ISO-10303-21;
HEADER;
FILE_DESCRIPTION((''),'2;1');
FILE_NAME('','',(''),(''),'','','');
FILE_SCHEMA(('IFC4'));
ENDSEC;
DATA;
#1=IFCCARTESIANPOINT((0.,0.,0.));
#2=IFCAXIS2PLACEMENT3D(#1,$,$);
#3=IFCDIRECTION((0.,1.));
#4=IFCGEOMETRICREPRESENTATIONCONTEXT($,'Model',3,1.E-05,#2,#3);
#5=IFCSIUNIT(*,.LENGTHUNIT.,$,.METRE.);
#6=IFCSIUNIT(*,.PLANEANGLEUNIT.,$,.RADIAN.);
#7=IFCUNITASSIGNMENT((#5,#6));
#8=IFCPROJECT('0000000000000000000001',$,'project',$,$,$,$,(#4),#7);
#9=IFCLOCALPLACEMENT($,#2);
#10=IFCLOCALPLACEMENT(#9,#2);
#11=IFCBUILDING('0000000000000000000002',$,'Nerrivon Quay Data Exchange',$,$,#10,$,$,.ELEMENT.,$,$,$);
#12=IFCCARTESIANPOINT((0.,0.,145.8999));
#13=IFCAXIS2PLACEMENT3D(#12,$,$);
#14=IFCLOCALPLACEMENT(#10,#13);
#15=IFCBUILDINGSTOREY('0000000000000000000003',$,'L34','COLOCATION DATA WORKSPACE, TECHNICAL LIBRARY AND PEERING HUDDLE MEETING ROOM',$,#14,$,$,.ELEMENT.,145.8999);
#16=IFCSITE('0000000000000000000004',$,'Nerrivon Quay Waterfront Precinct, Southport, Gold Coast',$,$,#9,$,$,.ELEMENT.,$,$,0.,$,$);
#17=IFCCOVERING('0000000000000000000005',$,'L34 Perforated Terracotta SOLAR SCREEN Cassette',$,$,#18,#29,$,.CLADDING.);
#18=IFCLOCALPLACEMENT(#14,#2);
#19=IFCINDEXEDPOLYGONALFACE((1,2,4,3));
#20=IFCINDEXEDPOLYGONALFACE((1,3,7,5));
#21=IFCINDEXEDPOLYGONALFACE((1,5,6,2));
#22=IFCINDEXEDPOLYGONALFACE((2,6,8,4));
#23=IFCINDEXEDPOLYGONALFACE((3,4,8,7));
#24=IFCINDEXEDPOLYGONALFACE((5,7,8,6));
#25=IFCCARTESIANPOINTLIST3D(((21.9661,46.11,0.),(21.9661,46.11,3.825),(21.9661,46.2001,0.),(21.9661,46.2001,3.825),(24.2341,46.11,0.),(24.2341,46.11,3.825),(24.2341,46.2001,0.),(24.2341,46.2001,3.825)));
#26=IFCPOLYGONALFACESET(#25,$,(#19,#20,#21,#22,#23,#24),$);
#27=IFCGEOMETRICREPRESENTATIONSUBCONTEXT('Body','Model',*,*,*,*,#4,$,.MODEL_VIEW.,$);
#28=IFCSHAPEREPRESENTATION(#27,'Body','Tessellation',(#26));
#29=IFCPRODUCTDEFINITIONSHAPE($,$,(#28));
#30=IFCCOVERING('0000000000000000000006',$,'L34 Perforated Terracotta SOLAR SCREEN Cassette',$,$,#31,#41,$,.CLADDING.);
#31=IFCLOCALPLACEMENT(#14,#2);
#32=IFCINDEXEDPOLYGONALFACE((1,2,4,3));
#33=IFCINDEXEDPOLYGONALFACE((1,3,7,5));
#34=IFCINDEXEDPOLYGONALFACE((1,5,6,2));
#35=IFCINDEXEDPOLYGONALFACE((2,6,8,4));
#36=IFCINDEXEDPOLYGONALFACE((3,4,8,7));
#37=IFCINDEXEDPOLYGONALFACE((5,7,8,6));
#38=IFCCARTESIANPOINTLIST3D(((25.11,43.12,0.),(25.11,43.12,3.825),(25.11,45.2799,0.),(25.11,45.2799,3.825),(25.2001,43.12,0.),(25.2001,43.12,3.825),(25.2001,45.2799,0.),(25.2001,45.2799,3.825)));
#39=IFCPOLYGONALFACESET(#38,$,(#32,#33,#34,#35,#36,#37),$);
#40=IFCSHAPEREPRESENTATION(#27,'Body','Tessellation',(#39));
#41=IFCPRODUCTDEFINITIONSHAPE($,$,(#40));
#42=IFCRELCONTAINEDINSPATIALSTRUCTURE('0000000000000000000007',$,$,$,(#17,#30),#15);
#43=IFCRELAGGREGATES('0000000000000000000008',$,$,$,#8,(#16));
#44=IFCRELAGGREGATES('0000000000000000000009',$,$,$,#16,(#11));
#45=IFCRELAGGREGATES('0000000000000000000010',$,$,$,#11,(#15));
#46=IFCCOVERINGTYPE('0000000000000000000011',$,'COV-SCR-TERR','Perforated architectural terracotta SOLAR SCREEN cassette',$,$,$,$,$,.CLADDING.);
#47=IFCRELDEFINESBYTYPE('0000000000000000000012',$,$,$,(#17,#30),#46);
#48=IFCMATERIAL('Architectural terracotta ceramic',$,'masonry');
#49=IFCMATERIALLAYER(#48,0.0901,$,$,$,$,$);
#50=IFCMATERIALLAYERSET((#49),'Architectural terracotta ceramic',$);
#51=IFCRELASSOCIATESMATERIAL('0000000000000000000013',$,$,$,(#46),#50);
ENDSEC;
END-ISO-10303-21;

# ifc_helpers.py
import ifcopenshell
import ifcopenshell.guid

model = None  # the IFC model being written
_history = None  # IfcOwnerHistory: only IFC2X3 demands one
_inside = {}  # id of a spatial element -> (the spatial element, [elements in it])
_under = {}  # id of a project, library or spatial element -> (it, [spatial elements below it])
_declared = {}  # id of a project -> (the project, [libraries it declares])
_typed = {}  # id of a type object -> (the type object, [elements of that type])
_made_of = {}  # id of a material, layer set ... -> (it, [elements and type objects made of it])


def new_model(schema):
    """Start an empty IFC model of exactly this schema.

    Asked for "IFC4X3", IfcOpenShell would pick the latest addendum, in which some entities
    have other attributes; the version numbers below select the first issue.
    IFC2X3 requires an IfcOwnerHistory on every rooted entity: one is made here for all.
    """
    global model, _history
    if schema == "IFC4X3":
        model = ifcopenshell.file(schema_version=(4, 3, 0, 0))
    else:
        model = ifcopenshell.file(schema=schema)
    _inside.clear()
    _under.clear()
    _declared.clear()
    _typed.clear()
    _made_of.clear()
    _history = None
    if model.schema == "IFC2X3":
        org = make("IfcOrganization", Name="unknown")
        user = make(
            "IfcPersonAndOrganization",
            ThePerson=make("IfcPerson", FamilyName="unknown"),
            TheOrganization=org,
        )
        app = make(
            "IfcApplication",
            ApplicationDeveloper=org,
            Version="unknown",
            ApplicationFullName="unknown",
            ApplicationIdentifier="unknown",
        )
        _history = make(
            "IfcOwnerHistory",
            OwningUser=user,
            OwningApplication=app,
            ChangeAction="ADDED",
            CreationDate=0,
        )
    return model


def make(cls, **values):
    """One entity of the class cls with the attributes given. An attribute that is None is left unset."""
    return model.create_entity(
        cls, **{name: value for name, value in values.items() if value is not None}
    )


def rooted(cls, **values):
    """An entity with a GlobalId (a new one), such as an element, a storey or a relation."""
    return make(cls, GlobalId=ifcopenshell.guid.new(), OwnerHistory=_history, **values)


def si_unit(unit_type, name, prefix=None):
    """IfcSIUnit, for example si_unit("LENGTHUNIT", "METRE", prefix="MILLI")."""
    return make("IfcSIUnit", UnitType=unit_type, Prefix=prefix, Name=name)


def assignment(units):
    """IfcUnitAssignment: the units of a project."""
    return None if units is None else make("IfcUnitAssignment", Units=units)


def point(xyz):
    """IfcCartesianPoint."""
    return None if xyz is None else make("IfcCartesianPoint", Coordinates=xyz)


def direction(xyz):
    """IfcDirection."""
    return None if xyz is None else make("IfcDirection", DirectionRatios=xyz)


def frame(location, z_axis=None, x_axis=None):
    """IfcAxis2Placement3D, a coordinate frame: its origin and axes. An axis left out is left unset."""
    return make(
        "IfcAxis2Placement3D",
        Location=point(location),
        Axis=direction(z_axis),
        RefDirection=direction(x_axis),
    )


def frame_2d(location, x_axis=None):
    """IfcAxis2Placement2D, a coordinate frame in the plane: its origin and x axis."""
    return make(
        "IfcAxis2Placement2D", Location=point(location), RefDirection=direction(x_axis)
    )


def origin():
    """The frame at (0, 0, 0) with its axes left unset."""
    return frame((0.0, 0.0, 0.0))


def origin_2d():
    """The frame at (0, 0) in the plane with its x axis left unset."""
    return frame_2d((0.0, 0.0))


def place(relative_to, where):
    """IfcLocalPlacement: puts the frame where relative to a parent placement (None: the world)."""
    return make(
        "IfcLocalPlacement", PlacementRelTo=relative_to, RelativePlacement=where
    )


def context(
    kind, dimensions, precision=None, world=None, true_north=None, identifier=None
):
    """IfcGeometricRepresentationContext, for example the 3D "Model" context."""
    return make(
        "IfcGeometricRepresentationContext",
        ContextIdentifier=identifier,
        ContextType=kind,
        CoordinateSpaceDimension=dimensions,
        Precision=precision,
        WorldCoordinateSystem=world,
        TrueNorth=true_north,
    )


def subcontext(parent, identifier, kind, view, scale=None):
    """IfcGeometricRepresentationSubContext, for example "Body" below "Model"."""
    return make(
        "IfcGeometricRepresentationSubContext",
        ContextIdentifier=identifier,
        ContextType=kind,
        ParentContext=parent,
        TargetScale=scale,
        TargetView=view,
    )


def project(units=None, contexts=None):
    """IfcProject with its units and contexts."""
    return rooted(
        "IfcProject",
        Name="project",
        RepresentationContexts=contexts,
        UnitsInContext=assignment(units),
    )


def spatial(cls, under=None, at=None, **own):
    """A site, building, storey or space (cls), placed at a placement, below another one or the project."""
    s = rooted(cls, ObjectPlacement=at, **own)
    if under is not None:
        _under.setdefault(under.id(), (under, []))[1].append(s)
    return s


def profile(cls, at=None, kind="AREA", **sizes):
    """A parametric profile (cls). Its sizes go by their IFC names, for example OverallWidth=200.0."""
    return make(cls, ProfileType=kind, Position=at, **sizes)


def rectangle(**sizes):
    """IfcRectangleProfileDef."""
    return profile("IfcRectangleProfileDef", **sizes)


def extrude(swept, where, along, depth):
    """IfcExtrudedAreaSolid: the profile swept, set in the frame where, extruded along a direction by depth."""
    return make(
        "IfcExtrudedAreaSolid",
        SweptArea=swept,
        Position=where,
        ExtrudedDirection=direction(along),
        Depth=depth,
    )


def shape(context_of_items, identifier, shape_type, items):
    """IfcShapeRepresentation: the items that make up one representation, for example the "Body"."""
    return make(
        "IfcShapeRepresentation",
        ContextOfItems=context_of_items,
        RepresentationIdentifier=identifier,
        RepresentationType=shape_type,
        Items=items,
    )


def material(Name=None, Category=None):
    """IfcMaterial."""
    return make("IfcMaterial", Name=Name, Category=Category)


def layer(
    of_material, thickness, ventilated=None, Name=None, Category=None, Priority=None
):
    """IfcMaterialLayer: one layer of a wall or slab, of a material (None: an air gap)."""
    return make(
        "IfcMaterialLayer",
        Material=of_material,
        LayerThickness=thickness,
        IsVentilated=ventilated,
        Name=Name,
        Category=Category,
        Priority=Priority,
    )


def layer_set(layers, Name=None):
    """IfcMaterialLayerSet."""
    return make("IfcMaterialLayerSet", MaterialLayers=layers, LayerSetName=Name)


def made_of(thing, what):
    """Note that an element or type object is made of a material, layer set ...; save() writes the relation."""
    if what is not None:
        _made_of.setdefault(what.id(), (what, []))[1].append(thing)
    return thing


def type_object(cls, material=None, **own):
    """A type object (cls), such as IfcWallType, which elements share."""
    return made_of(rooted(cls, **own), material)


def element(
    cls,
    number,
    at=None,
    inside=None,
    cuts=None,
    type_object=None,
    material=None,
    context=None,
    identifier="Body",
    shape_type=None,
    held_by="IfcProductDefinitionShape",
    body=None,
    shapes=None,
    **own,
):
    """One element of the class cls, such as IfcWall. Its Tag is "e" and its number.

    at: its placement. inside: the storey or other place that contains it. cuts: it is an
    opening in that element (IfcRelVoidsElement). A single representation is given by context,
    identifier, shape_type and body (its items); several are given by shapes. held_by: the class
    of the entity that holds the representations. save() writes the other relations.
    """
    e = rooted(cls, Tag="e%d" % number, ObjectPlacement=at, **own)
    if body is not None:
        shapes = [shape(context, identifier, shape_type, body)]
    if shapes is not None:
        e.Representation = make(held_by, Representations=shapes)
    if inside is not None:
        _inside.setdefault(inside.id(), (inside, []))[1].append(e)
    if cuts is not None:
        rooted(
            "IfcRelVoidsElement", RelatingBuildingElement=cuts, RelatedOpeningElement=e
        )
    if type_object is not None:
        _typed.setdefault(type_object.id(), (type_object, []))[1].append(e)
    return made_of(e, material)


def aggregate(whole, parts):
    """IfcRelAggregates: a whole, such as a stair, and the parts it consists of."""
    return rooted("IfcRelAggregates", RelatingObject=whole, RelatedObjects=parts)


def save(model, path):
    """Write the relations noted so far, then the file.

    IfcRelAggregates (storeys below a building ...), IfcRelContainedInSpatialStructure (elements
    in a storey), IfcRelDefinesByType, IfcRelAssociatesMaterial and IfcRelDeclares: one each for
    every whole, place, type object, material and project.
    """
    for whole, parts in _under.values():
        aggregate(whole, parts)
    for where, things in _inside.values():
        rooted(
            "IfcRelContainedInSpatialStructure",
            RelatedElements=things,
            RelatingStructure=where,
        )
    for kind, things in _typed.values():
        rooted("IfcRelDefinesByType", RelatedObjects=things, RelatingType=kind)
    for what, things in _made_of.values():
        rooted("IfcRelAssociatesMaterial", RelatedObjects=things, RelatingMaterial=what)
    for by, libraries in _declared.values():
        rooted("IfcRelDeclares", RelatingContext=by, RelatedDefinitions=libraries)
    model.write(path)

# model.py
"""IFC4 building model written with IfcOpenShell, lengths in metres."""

from ifc_helpers import new_model, si_unit, direction, frame, origin, origin_2d, place, context, subcontext, project, spatial, rectangle, extrude, material, layer, layer_set, type_object, element, save


model = new_model("IFC4")

# Units and contexts
model_context = context("Model", 3, precision=1e-05, world=origin(), true_north=direction((0.0, 1.0)))
body_context = subcontext(model_context, "Body", "Model", "MODEL_VIEW")
ifc_project = project(units=[si_unit("LENGTHUNIT", "METRE"), si_unit("PLANEANGLEUNIT", "RADIAN")], contexts=[model_context])

# Site, building, storey
site_placement = place(None, origin())
site = spatial("IfcSite", under=ifc_project, at=site_placement, Name="Nerrivon Quay Waterfront Precinct, Southport, Gold Coast", CompositionType="ELEMENT", RefElevation=0.0)
building_placement = place(site_placement, origin())
building = spatial("IfcBuilding", under=site, at=building_placement, Name="Nerrivon Quay Data Exchange", CompositionType="ELEMENT")
storey_placement = place(building_placement, frame((0.0, 0.0, 145.8999)))
storey = spatial("IfcBuildingStorey", under=building, at=storey_placement, Name="L34", Description="COLOCATION DATA WORKSPACE, TECHNICAL LIBRARY AND PEERING HUDDLE MEETING ROOM", CompositionType="ELEMENT", Elevation=145.8999)

# Coverings
ifc_material_1 = material(Name="Architectural terracotta ceramic", Category="masonry")
ifc_layer_1 = layer(ifc_material_1, 0.0901)
ifc_layer_set_1 = layer_set([ifc_layer_1], Name="Architectural terracotta ceramic")
covering_type = type_object("IfcCoveringType", Name="COV-SCR-TERR", Description="Perforated architectural terracotta SOLAR SCREEN cassette", PredefinedType="CLADDING", material=ifc_layer_set_1)
for number, where, z_axis, x_axis, name in (
    (1, (23.1001, 46.155, 0.0), (0.0, 0.0, 1.0), (1.0, 0.0, 0.0), "L34 Perforated Terracotta SOLAR SCREEN Cassette"),
):
    element("IfcCovering", number, at=place(storey_placement, frame(where, z_axis=z_axis, x_axis=x_axis)), inside=storey, type_object=covering_type, Name=name, PredefinedType="CLADDING", context=body_context, shape_type="SweptSolid", body=[
        extrude(rectangle(XDim=2.2681, YDim=0.0901, at=origin_2d()), origin(), (0.0, 0.0, 1.0), 3.825),
    ])
covering_1_placement = place(storey_placement, frame((25.155, 44.2, 0.0), z_axis=(0.0, 0.0, 1.0), x_axis=(0.0, -1.0, 0.0)))
element("IfcCovering", 2, at=covering_1_placement, inside=storey, type_object=covering_type, Name="L34 Perforated Terracotta SOLAR SCREEN Cassette", PredefinedType="CLADDING", context=body_context, shape_type="SweptSolid", body=[
    extrude(rectangle(XDim=2.1599, YDim=0.0901, at=origin_2d()), origin(), (0.0, 0.0, 1.0), 3.825),
])

save(model, "model.ifc")
